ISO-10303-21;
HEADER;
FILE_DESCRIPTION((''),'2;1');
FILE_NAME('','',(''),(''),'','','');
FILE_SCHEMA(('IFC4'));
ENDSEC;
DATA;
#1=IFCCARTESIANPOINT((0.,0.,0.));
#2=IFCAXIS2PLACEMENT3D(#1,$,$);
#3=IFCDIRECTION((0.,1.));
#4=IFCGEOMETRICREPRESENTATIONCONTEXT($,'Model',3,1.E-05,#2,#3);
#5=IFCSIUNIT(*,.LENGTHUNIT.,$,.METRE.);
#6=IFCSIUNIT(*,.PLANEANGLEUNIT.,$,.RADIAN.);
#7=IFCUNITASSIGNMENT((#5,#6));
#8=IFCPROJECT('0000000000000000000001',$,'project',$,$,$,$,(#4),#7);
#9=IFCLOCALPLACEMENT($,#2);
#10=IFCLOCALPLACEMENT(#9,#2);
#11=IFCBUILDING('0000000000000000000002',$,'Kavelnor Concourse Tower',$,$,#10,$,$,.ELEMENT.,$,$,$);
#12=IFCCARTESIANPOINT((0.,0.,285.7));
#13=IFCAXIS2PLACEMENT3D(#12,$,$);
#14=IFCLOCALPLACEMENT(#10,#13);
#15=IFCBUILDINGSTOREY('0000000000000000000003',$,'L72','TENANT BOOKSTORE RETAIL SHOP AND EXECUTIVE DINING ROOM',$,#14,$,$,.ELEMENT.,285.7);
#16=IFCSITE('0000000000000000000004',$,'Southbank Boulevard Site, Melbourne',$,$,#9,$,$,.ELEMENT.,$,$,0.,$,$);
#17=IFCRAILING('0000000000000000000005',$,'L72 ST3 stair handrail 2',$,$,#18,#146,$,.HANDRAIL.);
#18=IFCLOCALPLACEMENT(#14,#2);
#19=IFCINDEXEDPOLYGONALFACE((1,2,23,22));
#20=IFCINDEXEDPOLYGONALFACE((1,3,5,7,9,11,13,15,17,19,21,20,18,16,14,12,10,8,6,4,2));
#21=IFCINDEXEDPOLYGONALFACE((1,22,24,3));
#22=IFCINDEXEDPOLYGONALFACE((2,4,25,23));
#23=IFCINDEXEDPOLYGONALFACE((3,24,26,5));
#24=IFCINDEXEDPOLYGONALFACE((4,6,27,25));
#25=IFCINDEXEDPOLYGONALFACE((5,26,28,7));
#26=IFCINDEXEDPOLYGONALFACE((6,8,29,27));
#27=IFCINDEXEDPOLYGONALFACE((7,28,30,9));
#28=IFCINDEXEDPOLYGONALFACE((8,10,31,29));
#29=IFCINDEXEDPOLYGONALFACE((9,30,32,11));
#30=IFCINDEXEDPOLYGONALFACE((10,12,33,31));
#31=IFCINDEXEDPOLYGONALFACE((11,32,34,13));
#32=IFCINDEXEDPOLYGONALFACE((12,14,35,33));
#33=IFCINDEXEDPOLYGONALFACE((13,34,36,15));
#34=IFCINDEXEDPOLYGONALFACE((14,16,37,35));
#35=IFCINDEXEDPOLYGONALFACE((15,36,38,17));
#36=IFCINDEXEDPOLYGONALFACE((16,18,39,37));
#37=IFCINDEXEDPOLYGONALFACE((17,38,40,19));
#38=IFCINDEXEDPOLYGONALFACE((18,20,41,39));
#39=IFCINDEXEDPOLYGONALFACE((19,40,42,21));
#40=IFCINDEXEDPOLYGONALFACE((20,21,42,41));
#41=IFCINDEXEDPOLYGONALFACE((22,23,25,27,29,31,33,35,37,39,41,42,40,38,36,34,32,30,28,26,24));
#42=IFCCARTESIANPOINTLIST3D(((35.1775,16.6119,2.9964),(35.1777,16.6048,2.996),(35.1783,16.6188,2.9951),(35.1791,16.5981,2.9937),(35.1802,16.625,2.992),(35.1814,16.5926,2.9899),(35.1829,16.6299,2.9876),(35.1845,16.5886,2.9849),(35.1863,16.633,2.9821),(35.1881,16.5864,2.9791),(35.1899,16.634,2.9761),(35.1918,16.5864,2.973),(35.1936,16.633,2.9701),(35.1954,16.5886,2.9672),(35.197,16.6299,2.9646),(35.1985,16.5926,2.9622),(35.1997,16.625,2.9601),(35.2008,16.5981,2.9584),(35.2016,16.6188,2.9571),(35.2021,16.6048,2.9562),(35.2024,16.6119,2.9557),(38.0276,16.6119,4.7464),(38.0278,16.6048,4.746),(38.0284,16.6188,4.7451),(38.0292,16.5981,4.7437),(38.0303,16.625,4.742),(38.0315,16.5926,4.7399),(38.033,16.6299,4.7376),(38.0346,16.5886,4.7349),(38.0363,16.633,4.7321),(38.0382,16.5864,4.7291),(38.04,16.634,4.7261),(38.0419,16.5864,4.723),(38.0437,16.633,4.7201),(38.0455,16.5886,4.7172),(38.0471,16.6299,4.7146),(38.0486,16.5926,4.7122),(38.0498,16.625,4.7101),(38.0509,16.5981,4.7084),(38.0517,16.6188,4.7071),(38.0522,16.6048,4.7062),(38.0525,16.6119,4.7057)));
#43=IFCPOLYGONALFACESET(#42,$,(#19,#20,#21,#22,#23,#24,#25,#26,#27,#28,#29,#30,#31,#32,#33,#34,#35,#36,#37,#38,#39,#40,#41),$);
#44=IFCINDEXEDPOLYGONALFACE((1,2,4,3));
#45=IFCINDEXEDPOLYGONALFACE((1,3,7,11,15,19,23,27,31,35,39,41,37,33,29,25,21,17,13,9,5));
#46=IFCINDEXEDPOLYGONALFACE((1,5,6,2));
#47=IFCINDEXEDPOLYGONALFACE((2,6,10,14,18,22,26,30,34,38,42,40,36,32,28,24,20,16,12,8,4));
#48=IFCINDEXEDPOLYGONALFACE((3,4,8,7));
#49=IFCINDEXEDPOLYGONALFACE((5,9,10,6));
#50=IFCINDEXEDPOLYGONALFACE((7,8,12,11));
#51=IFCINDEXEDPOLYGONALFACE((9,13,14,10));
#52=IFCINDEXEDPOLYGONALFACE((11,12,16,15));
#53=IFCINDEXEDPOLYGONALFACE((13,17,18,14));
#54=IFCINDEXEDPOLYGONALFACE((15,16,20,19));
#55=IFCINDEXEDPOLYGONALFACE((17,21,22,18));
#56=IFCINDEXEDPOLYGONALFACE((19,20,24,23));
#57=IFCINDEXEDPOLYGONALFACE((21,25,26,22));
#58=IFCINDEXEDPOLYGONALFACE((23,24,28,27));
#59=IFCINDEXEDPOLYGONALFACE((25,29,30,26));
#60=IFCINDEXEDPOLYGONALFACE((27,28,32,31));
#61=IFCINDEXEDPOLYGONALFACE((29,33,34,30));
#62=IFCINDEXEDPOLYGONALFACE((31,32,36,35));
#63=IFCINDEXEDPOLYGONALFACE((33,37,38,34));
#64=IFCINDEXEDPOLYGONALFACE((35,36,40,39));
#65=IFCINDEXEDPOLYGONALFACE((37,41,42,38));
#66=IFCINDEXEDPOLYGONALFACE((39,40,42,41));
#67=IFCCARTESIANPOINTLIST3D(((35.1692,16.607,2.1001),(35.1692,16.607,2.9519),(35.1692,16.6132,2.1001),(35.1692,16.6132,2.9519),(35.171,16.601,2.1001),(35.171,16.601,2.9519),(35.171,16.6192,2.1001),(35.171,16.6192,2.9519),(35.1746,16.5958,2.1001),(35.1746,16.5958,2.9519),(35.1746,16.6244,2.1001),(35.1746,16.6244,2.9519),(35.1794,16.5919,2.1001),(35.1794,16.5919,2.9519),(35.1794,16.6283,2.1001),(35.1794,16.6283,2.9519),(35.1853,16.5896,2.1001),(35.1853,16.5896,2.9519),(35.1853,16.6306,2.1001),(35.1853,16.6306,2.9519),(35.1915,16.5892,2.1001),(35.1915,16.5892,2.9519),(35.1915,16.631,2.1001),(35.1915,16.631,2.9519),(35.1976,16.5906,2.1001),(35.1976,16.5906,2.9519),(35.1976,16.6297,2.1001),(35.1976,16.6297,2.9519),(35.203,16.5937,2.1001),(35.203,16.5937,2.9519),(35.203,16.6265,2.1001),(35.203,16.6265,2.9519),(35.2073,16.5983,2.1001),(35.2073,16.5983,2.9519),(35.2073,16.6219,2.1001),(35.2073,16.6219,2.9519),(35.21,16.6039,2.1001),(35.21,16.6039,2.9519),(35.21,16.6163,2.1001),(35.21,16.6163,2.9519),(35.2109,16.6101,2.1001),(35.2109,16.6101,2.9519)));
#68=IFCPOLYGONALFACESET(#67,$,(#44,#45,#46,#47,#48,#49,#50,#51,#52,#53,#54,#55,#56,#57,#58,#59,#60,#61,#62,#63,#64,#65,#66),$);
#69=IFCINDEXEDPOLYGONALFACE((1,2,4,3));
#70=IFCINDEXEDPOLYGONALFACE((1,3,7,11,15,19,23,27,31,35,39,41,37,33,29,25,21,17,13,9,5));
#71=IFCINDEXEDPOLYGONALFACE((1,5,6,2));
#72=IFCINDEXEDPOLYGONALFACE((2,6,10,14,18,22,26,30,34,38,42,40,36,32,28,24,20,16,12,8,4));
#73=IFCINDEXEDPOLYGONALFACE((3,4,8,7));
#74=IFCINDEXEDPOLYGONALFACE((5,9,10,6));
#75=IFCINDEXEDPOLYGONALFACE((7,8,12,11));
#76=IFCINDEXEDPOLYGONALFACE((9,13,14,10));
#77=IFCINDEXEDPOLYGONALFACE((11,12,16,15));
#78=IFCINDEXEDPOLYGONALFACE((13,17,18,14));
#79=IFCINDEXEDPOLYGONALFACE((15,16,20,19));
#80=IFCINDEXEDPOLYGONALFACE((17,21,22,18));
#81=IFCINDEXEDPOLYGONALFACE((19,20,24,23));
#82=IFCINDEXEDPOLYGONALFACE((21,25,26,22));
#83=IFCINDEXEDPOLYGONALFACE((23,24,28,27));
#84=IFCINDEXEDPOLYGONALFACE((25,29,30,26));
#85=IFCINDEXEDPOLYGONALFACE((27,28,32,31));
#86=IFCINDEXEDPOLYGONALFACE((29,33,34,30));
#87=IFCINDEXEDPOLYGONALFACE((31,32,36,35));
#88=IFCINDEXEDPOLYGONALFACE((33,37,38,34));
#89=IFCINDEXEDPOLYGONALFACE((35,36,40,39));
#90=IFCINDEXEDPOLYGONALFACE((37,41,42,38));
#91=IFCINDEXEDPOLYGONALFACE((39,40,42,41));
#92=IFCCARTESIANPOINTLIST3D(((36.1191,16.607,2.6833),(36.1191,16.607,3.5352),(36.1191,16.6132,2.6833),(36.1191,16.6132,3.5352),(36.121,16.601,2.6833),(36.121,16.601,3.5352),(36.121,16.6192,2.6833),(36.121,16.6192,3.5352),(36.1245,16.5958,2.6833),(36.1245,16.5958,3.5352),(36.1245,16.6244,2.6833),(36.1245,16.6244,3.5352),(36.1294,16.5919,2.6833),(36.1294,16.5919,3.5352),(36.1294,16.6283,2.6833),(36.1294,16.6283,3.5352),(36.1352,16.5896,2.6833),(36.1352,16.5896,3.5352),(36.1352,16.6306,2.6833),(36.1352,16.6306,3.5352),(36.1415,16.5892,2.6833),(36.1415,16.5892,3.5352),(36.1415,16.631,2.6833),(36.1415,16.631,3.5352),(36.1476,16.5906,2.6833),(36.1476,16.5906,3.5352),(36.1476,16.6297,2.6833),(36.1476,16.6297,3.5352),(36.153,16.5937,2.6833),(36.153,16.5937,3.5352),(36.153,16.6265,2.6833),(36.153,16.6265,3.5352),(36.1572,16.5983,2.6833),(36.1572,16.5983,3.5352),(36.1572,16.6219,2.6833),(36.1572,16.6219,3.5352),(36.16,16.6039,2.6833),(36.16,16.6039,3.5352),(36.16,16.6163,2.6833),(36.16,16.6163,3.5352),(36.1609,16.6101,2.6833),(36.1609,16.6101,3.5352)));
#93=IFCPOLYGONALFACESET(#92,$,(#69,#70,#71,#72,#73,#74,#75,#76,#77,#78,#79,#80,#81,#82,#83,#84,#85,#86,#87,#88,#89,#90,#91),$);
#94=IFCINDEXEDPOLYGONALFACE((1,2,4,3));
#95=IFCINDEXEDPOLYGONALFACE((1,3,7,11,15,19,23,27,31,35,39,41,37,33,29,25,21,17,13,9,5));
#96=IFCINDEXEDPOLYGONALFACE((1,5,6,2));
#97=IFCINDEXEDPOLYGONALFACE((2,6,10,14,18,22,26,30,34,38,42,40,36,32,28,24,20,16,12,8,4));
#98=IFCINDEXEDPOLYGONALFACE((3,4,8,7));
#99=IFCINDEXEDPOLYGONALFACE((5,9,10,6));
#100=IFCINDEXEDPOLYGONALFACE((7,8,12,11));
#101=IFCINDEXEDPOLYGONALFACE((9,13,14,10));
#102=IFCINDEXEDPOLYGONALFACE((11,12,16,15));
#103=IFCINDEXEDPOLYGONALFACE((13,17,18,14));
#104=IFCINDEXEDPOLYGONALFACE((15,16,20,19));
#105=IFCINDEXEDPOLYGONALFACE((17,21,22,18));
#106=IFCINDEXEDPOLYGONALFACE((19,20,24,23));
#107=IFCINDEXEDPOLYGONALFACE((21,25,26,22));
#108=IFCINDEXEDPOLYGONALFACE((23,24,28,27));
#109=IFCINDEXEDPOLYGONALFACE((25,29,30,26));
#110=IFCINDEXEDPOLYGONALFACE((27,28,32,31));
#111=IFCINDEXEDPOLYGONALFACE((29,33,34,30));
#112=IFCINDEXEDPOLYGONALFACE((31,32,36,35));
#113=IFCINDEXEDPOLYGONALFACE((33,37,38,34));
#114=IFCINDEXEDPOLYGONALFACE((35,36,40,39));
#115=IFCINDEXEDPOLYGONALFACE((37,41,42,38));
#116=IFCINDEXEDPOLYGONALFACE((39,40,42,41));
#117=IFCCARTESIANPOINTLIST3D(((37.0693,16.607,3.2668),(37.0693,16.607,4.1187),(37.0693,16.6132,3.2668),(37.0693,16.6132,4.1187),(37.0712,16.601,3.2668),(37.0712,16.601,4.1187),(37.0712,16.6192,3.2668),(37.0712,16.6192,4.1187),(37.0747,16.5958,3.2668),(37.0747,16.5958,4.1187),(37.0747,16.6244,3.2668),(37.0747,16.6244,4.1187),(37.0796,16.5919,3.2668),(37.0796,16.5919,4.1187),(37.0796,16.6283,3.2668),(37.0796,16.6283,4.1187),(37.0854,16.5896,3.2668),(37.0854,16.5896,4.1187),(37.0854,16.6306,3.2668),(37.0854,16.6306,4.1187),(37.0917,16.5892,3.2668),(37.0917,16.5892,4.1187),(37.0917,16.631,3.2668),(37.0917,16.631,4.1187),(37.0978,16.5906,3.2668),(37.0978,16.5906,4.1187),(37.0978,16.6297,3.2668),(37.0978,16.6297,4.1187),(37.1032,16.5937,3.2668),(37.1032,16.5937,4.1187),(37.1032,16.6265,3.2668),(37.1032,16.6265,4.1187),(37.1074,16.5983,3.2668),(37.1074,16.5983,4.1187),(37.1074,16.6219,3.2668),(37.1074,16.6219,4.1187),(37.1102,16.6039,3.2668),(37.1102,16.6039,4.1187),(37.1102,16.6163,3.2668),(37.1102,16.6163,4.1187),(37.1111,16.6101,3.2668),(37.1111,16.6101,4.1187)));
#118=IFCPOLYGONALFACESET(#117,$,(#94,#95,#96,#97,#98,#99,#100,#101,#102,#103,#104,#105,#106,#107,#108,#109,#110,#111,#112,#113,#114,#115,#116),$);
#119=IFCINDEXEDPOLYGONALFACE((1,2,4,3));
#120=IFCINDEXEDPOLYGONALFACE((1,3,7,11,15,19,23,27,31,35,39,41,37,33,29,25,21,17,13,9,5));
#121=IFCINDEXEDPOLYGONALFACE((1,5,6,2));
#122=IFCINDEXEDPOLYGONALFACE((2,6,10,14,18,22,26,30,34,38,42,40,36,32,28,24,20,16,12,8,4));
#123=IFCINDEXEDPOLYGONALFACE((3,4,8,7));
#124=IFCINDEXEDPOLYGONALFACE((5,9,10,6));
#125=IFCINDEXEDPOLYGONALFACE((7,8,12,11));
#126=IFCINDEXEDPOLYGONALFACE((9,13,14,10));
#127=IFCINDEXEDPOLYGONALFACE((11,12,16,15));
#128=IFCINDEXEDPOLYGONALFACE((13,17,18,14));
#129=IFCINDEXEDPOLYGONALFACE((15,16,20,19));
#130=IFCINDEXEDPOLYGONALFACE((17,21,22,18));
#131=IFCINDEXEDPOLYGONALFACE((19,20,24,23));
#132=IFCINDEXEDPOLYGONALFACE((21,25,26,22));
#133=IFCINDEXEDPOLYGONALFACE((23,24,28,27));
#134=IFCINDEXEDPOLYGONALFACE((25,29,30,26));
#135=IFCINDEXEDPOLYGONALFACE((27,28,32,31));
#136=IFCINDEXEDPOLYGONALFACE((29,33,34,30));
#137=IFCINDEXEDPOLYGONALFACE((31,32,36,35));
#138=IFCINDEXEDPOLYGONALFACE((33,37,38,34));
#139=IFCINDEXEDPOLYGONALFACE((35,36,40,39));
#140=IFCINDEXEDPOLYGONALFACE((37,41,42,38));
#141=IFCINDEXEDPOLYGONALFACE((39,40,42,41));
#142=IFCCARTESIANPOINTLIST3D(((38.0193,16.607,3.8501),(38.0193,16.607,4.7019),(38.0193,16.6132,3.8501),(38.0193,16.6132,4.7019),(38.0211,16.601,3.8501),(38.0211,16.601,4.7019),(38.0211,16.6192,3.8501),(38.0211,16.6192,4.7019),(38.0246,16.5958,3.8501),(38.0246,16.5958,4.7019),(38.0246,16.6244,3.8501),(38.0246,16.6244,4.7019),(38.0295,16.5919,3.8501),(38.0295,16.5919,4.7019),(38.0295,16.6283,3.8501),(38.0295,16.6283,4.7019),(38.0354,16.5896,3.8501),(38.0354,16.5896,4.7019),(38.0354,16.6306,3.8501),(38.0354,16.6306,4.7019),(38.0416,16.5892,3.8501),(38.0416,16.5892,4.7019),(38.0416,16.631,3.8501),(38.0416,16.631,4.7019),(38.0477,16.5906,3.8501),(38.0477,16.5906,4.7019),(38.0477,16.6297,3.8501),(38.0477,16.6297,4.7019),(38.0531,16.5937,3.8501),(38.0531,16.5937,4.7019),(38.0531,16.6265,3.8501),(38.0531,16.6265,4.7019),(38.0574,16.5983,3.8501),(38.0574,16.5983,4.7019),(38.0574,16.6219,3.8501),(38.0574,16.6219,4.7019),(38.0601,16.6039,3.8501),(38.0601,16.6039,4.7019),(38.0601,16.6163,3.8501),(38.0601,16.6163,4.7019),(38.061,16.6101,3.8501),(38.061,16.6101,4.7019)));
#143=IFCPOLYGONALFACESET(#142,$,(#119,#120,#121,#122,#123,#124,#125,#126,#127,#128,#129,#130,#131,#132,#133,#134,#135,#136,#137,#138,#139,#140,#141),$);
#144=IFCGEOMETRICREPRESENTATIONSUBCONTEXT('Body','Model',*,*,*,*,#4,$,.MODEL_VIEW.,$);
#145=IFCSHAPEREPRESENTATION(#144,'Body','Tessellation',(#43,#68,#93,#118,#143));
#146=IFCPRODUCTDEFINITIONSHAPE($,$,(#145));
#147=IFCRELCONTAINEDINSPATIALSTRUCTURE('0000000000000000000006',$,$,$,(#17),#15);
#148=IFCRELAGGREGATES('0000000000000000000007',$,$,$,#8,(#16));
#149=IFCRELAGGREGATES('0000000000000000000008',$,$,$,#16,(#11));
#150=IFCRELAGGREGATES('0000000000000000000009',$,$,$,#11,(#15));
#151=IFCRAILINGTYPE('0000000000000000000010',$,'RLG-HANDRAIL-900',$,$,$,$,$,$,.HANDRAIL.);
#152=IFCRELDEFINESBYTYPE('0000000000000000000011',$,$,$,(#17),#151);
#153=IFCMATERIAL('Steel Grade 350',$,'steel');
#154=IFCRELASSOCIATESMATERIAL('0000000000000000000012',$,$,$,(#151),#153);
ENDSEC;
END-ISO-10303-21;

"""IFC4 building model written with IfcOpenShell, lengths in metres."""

from ifc_helpers import new_model, si_unit, direction, frame, origin, origin_2d, place, context, subcontext, project, spatial, circle, extrude, material, type_object, element, save


model = new_model("IFC4")

# Units and contexts
model_context = context("Model", 3, precision=1e-05, world=origin(), true_north=direction((0.0, 1.0)))
body_context = subcontext(model_context, "Body", "Model", "MODEL_VIEW")
ifc_project = project(units=[si_unit("LENGTHUNIT", "METRE"), si_unit("PLANEANGLEUNIT", "RADIAN")], contexts=[model_context])

# Site, building, storey
site_placement = place(None, origin())
site = spatial("IfcSite", under=ifc_project, at=site_placement, Name="Southbank Boulevard Site, Melbourne", CompositionType="ELEMENT", RefElevation=0.0)
building_placement = place(site_placement, origin())
building = spatial("IfcBuilding", under=site, at=building_placement, Name="Kavelnor Concourse Tower", CompositionType="ELEMENT")
storey_placement = place(building_placement, frame((0.0, 0.0, 285.7)))
storey = spatial("IfcBuildingStorey", under=building, at=storey_placement, Name="L72", Description="TENANT BOOKSTORE RETAIL SHOP AND EXECUTIVE DINING ROOM", CompositionType="ELEMENT", Elevation=285.7)

# Shared definitions
ifc_material_1 = material(Name="Steel Grade 350", Category="steel")

# Railing
railing_type_1 = type_object("IfcRailingType", Name="RLG-HANDRAIL-900", PredefinedType="HANDRAIL", material=ifc_material_1)
railing_1_placement = place(storey_placement, frame((35.1899, 16.6101, 2.1001)))
element("IfcRailing", 1, at=railing_1_placement, inside=storey, type_object=railing_type_1, Name="L72 ST3 stair handrail 2", PredefinedType="HANDRAIL", context=body_context, shape_type="SweptSolid", body=[
    extrude(circle(Radius=0.0239, at=origin_2d()), frame((0.0, 0.0, 0.876), z_axis=(0.852179, 0.0, 0.52325), x_axis=(0.0, 1.0, 0.0)), (0.0, 0.0, 1.0), 3.3445),
    extrude(circle(Radius=0.021, at=origin_2d()), origin(), (0.0, 0.0, 1.0), 0.8518),
    extrude(circle(Radius=0.021, at=origin_2d()), frame((0.95, 0.0, 0.5833)), (0.0, 0.0, 1.0), 0.8518),
    extrude(circle(Radius=0.021, at=origin_2d()), frame((1.9001, 0.0, 1.1667)), (0.0, 0.0, 1.0), 0.8518),
    extrude(circle(Radius=0.021, at=origin_2d()), frame((2.8501, 0.0, 1.75)), (0.0, 0.0, 1.0), 0.8518),
])

save(model, "model.ifc")
